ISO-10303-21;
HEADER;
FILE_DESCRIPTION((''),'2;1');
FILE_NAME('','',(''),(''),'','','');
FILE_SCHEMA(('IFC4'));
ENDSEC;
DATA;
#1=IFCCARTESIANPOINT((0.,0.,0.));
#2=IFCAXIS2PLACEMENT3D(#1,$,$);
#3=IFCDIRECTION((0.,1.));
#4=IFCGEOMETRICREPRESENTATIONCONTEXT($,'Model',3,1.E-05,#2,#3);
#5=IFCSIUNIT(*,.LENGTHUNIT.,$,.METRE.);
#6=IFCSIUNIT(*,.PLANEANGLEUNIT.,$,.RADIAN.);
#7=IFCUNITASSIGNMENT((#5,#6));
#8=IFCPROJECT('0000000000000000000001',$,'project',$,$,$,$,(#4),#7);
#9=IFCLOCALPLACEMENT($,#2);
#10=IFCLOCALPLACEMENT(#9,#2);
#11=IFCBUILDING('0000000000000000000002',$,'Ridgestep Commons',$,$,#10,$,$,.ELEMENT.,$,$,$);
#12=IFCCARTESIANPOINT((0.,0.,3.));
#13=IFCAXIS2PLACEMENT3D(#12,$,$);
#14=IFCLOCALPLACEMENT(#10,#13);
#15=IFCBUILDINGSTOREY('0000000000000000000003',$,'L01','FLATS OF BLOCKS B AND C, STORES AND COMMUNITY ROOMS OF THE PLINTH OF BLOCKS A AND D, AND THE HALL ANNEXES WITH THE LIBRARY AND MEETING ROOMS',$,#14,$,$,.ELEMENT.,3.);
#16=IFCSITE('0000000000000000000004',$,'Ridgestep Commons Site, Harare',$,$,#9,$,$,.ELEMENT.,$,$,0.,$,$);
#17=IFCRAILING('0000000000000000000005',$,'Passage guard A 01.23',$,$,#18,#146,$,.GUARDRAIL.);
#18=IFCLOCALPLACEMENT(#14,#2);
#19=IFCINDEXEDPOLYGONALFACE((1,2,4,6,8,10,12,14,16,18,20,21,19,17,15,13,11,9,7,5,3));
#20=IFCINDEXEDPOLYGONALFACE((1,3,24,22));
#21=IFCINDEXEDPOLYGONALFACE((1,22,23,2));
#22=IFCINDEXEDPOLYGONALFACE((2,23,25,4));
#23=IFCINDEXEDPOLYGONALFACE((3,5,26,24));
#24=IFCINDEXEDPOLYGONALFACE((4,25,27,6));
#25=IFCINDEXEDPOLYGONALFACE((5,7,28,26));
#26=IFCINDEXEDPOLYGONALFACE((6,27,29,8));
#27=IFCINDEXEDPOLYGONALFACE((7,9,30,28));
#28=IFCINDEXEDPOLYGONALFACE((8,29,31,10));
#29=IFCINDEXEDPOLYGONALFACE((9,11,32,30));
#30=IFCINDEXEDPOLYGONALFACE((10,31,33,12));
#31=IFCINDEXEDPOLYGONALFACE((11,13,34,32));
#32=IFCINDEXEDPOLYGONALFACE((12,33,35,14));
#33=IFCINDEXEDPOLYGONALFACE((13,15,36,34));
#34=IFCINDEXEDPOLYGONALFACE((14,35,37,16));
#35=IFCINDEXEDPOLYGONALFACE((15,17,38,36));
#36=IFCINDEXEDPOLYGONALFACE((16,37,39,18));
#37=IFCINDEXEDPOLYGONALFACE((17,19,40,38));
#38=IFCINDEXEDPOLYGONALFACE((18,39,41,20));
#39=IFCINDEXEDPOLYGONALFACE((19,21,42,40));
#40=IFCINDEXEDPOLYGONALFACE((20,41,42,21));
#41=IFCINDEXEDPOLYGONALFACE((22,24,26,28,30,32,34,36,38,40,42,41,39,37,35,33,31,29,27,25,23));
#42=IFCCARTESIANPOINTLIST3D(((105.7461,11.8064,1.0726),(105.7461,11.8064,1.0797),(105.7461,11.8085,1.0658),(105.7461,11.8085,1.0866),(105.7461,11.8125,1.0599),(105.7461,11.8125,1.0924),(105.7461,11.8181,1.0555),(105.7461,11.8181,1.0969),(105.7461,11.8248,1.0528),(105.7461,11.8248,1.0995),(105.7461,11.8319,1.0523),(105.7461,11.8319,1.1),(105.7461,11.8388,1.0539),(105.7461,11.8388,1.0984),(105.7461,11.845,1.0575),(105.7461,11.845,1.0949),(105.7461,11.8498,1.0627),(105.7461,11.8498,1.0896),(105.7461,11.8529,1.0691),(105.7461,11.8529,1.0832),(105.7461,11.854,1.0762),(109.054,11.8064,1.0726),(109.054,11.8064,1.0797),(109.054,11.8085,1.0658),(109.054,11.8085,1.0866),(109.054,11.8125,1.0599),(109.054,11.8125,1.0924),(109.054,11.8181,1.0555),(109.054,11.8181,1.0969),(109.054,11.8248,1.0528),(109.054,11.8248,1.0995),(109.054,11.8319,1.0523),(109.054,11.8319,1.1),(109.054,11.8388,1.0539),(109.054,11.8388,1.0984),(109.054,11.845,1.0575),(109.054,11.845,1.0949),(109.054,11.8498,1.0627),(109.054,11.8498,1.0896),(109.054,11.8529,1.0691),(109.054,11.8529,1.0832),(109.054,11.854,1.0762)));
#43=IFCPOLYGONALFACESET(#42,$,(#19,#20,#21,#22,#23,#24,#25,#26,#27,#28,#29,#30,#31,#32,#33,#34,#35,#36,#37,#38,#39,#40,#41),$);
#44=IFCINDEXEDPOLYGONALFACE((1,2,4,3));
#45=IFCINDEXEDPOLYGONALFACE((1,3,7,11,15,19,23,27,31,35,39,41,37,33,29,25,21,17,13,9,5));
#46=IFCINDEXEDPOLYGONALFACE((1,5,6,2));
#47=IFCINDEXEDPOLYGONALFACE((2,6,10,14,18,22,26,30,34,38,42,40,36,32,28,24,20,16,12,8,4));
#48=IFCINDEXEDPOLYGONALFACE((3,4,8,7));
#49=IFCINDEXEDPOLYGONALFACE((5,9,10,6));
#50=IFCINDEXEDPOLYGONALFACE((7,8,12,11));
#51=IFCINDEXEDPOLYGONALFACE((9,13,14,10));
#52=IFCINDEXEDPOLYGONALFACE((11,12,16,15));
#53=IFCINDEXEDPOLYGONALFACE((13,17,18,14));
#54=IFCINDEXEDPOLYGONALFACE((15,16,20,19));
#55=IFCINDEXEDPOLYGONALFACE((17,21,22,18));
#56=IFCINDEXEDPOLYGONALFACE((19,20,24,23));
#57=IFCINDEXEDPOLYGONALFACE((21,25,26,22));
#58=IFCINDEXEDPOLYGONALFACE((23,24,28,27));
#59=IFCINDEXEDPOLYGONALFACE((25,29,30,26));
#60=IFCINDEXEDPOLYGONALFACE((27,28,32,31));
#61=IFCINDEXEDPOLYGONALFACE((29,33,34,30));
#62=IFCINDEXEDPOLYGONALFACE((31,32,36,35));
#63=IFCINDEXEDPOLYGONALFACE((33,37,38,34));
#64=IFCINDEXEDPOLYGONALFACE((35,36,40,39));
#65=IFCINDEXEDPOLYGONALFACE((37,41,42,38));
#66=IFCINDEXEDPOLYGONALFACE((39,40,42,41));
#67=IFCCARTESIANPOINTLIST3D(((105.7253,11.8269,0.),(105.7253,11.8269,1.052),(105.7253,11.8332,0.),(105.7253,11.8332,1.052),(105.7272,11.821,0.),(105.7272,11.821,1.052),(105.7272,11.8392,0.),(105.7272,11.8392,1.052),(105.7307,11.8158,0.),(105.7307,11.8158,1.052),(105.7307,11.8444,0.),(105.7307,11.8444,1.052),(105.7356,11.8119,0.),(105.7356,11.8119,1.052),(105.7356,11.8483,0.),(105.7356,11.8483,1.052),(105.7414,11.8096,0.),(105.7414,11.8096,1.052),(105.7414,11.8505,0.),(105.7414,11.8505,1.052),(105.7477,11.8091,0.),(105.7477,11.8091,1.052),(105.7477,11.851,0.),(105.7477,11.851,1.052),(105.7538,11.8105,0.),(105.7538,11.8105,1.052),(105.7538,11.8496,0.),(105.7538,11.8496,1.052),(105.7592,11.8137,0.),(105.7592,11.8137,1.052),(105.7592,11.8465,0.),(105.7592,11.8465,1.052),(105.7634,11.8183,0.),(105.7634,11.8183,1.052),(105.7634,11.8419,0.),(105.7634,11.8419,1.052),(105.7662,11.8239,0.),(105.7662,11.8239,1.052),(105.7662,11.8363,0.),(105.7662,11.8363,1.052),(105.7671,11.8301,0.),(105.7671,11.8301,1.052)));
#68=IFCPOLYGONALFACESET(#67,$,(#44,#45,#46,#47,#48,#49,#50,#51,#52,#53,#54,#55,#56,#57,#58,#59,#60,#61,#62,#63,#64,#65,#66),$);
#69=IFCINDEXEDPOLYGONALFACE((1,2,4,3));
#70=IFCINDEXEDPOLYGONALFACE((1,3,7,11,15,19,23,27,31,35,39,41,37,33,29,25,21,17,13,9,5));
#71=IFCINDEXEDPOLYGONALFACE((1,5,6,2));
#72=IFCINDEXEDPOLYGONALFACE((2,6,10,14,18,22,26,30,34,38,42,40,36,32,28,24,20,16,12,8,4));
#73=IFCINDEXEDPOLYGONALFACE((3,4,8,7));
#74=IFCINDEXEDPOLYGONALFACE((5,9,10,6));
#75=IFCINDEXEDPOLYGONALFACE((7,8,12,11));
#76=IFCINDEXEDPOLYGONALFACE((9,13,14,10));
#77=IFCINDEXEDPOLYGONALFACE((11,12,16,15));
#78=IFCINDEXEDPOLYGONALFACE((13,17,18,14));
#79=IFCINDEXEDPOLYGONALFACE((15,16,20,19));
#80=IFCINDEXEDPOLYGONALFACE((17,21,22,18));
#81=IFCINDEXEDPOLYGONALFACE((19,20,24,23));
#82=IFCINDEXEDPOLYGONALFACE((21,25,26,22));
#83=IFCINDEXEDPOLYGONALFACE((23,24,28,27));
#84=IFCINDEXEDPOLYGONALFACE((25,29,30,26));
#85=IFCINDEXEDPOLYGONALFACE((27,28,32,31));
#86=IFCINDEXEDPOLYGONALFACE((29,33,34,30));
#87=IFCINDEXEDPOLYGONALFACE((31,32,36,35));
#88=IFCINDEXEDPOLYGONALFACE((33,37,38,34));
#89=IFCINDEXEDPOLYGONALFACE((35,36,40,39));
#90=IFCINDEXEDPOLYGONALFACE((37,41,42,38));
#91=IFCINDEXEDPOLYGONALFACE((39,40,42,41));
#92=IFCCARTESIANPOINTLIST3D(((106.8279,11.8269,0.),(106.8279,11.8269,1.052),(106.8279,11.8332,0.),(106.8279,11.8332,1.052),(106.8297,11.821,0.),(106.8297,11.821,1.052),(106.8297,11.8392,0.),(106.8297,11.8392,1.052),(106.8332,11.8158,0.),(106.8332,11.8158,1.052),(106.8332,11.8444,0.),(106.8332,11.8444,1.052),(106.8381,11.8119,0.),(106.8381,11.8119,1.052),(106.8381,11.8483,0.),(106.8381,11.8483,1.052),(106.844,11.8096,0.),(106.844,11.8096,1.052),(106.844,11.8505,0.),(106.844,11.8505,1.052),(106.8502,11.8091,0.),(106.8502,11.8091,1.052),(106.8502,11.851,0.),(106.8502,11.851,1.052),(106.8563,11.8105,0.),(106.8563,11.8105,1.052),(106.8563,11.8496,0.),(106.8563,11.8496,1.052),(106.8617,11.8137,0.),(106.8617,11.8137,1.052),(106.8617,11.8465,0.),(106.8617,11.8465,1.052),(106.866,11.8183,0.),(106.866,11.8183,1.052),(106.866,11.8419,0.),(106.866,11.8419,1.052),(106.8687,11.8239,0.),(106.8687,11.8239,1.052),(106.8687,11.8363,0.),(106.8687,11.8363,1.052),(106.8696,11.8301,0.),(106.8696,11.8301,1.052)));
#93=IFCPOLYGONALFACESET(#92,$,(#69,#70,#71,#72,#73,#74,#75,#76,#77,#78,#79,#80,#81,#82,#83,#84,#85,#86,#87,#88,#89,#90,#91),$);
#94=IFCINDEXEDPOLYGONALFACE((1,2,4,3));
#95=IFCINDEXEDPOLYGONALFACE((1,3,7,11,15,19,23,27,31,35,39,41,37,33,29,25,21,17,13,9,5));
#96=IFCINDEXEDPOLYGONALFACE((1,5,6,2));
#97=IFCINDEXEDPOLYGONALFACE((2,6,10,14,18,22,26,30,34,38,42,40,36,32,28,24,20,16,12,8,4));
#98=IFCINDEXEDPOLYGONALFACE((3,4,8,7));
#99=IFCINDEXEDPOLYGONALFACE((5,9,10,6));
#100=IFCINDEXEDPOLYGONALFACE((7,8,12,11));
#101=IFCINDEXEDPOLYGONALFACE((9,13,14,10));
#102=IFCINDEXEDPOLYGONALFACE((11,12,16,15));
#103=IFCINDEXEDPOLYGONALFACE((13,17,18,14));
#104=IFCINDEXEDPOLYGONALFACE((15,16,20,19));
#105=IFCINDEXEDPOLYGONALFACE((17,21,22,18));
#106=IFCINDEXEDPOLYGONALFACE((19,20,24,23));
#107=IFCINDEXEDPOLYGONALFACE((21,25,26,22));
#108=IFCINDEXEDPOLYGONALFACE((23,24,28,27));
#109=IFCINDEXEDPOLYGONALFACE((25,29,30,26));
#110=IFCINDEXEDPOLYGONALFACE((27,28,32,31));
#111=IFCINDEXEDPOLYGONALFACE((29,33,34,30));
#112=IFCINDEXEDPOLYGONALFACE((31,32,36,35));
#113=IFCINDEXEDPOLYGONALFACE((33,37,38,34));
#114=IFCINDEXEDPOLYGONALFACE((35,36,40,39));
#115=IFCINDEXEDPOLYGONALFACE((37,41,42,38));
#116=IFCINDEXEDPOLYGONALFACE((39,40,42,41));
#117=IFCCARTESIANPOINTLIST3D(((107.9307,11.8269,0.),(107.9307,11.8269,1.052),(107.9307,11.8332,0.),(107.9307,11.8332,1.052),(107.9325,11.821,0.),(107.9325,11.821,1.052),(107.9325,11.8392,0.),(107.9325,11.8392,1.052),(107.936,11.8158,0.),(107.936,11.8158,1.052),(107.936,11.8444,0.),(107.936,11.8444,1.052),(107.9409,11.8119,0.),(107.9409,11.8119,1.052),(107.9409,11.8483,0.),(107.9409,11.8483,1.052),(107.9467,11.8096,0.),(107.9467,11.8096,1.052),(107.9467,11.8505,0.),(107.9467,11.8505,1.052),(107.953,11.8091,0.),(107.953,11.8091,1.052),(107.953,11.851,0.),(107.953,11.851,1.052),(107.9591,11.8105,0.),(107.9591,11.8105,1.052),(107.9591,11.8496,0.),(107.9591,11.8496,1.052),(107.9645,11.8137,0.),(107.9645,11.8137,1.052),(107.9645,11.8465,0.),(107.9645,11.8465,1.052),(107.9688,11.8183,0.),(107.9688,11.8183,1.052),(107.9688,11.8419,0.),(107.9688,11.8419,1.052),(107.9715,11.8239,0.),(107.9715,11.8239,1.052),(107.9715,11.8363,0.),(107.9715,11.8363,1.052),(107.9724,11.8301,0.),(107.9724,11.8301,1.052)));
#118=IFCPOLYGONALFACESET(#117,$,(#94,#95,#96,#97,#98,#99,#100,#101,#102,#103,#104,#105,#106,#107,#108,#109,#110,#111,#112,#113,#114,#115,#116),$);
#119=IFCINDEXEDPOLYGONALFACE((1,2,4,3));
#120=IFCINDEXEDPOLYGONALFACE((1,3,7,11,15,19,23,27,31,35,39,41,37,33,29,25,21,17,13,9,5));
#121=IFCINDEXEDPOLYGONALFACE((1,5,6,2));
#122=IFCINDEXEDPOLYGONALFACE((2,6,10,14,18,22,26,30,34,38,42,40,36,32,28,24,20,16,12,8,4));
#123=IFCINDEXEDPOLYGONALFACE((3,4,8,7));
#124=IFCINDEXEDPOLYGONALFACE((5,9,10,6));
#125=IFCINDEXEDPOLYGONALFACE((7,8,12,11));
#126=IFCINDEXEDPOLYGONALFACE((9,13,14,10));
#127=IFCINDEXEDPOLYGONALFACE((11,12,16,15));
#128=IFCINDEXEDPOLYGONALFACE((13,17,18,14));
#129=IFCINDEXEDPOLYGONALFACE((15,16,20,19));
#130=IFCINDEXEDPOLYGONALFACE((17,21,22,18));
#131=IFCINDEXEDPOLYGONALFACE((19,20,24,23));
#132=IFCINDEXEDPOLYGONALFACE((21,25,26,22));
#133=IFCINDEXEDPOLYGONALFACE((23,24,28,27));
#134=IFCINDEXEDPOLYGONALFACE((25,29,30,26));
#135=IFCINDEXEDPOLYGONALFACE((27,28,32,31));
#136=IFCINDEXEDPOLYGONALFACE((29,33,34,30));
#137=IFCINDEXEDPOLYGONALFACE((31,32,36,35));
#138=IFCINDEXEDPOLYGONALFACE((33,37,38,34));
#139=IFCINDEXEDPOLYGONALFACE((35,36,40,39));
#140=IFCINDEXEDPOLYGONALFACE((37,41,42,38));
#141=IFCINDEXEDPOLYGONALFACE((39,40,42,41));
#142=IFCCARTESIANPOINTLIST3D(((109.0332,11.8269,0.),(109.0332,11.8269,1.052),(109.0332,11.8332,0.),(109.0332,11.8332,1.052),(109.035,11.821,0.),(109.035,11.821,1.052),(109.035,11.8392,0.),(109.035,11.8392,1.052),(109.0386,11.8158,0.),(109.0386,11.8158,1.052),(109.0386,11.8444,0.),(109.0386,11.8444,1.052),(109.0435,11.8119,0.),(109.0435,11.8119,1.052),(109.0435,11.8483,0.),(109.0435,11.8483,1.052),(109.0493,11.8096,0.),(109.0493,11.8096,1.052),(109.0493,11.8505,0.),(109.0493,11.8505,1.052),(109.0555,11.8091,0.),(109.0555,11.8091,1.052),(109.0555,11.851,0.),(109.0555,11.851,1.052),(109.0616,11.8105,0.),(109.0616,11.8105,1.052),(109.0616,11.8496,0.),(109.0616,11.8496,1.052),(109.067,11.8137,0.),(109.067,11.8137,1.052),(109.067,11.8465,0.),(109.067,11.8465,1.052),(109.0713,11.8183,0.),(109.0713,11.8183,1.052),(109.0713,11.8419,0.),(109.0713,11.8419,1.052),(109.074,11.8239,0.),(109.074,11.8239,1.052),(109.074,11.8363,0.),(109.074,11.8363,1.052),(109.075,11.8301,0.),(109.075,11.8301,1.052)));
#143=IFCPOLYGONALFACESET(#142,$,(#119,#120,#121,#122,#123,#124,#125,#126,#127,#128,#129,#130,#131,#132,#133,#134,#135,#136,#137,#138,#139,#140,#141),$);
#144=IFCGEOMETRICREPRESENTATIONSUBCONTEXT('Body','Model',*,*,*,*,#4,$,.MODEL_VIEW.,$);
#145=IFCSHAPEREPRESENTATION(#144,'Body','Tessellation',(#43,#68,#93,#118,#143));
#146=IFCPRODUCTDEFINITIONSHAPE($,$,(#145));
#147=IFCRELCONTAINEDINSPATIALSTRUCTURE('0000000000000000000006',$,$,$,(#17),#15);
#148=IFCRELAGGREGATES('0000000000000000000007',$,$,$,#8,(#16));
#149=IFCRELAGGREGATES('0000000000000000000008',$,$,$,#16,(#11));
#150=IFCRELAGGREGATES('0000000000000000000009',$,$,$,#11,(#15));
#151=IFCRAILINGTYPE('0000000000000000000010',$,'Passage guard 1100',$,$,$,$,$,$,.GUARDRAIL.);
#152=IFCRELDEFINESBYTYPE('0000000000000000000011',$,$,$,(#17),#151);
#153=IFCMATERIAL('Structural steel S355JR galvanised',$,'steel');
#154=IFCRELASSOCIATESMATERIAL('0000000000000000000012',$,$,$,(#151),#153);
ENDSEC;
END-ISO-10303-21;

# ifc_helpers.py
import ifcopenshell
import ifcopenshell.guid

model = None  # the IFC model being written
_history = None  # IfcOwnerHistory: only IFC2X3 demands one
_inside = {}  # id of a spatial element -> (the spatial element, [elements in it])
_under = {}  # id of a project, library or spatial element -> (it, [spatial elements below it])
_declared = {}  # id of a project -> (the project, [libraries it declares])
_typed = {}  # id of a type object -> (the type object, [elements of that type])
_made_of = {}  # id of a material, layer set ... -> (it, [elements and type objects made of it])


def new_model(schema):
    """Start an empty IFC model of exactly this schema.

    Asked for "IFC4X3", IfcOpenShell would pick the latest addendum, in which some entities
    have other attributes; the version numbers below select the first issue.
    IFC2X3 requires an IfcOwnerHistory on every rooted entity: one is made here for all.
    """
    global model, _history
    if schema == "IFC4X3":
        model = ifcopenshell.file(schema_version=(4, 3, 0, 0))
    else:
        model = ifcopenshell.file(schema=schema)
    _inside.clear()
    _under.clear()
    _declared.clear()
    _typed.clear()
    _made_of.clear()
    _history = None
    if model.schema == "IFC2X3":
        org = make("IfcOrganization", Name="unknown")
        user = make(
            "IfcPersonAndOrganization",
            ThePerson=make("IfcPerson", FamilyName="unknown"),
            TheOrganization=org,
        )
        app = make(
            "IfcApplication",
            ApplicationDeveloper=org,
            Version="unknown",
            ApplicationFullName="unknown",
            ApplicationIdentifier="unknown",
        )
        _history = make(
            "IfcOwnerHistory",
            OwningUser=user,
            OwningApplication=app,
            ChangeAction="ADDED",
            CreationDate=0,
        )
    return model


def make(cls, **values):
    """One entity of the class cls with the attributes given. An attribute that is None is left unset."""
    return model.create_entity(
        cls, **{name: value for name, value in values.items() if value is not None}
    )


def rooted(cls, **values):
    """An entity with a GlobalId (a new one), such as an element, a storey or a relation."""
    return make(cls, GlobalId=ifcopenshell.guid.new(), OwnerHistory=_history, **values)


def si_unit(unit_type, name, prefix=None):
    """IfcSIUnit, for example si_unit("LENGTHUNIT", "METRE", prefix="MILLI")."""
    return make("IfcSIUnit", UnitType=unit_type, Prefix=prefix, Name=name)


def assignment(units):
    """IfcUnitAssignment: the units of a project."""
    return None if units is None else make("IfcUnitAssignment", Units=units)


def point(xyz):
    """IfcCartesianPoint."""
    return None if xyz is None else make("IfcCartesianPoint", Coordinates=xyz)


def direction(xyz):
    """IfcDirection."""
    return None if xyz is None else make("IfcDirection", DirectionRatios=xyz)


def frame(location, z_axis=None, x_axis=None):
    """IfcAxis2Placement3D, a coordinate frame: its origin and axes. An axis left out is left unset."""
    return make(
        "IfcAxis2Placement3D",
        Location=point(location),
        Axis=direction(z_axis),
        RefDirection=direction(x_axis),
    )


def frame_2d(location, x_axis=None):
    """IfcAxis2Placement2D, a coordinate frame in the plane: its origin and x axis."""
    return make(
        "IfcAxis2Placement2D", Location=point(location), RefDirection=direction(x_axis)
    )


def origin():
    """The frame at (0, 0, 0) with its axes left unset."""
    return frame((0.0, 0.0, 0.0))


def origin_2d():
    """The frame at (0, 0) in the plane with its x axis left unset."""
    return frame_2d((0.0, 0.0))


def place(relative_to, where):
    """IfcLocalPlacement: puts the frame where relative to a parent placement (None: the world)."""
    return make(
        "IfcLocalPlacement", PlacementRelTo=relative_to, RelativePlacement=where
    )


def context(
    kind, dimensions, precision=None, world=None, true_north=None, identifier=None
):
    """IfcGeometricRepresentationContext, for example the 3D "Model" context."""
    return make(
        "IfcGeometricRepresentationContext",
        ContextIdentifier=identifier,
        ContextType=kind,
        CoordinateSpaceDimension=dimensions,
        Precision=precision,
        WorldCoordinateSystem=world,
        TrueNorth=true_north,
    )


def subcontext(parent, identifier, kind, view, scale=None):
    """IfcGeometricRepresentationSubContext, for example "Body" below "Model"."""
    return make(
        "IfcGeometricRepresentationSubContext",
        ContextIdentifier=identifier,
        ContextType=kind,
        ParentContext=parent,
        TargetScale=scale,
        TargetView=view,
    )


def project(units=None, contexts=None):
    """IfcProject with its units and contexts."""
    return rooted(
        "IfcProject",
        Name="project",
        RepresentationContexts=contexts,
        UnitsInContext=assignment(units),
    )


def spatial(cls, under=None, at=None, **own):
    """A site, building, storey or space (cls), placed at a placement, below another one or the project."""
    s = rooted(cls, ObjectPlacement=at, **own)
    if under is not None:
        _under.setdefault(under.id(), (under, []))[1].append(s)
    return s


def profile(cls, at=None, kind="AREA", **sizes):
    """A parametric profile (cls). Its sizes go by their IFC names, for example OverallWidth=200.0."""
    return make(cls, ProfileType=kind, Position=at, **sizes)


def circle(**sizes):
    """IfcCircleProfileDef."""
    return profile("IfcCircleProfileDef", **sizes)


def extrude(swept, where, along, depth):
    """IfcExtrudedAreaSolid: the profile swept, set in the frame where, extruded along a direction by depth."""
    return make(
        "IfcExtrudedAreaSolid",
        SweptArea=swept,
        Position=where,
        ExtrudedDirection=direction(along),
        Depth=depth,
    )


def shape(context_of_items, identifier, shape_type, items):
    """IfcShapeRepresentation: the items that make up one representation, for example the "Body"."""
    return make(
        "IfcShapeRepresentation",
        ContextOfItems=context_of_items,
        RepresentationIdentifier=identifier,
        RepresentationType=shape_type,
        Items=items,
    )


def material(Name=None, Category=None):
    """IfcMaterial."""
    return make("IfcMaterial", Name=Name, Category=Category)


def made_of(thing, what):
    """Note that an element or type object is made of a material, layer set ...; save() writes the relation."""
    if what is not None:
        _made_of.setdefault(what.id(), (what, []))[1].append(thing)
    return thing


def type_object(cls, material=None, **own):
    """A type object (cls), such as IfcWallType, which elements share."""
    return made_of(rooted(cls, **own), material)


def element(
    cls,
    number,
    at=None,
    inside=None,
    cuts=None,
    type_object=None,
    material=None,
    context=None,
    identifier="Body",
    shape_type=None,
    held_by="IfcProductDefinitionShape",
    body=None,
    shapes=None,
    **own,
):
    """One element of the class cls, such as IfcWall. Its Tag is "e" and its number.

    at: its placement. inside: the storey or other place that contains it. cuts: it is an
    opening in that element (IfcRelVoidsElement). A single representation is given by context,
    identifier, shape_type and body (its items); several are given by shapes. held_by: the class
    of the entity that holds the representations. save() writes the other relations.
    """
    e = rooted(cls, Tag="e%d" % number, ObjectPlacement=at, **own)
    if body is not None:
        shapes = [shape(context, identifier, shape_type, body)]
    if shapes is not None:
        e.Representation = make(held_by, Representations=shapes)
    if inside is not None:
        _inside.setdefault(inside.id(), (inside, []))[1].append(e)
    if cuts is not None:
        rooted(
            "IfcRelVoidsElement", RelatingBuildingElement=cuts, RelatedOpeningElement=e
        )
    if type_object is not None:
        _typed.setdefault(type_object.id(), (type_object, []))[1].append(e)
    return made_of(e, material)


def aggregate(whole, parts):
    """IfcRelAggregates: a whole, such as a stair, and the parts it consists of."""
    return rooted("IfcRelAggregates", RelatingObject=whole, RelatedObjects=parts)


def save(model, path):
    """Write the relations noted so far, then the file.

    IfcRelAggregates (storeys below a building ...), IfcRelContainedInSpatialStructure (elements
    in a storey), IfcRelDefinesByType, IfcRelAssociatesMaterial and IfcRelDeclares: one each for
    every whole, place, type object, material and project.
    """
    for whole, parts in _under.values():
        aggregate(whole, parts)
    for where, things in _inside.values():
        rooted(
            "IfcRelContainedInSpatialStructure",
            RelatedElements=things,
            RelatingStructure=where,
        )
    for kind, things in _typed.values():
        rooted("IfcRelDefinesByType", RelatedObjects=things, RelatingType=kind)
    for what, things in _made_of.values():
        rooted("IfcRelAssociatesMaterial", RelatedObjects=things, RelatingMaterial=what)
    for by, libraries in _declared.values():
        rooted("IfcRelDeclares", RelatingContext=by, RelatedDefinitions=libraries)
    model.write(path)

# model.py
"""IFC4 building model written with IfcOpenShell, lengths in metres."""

from ifc_helpers import new_model, si_unit, direction, frame, origin, origin_2d, place, context, subcontext, project, spatial, circle, extrude, material, type_object, element, save


model = new_model("IFC4")

# Units and contexts
model_context = context("Model", 3, precision=1e-05, world=origin(), true_north=direction((0.0, 1.0)))
body_context = subcontext(model_context, "Body", "Model", "MODEL_VIEW")
ifc_project = project(units=[si_unit("LENGTHUNIT", "METRE"), si_unit("PLANEANGLEUNIT", "RADIAN")], contexts=[model_context])

# Site, building, storey
site_placement = place(None, origin())
site = spatial("IfcSite", under=ifc_project, at=site_placement, Name="Ridgestep Commons Site, Harare", CompositionType="ELEMENT", RefElevation=0.0)
building_placement = place(site_placement, origin())
building = spatial("IfcBuilding", under=site, at=building_placement, Name="Ridgestep Commons", CompositionType="ELEMENT")
storey_placement = place(building_placement, frame((0.0, 0.0, 3.0)))
storey = spatial("IfcBuildingStorey", under=building, at=storey_placement, Name="L01", Description="FLATS OF BLOCKS B AND C, STORES AND COMMUNITY ROOMS OF THE PLINTH OF BLOCKS A AND D, AND THE HALL ANNEXES WITH THE LIBRARY AND MEETING ROOMS", CompositionType="ELEMENT", Elevation=3.0)

# Railing
ifc_material_1 = material(Name="Structural steel S355JR galvanised", Category="steel")
railing_type = type_object("IfcRailingType", Name="Passage guard 1100", PredefinedType="GUARDRAIL", material=ifc_material_1)
railing_1_placement = place(storey_placement, frame((105.7461, 11.8301, 0.0)))
element("IfcRailing", 1, at=railing_1_placement, inside=storey, type_object=railing_type, Name="Passage guard A 01.23", PredefinedType="GUARDRAIL", context=body_context, shape_type="SweptSolid", body=[
    extrude(circle(Radius=0.0239, at=origin_2d()), frame((0.0, 0.0, 1.0762), z_axis=(1.0, 0.0, 0.0), x_axis=(0.0, 1.0, 0.0)), (0.0, 0.0, 1.0), 3.3079),
    extrude(circle(Radius=0.021, at=origin_2d()), origin(), (0.0, 0.0, 1.0), 1.052),
    extrude(circle(Radius=0.021, at=origin_2d()), frame((1.1025, 0.0, 0.0)), (0.0, 0.0, 1.0), 1.052),
    extrude(circle(Radius=0.021, at=origin_2d()), frame((2.2053, 0.0, 0.0)), (0.0, 0.0, 1.0), 1.052),
    extrude(circle(Radius=0.021, at=origin_2d()), frame((3.3079, 0.0, 0.0)), (0.0, 0.0, 1.0), 1.052),
])

save(model, "model.ifc")
